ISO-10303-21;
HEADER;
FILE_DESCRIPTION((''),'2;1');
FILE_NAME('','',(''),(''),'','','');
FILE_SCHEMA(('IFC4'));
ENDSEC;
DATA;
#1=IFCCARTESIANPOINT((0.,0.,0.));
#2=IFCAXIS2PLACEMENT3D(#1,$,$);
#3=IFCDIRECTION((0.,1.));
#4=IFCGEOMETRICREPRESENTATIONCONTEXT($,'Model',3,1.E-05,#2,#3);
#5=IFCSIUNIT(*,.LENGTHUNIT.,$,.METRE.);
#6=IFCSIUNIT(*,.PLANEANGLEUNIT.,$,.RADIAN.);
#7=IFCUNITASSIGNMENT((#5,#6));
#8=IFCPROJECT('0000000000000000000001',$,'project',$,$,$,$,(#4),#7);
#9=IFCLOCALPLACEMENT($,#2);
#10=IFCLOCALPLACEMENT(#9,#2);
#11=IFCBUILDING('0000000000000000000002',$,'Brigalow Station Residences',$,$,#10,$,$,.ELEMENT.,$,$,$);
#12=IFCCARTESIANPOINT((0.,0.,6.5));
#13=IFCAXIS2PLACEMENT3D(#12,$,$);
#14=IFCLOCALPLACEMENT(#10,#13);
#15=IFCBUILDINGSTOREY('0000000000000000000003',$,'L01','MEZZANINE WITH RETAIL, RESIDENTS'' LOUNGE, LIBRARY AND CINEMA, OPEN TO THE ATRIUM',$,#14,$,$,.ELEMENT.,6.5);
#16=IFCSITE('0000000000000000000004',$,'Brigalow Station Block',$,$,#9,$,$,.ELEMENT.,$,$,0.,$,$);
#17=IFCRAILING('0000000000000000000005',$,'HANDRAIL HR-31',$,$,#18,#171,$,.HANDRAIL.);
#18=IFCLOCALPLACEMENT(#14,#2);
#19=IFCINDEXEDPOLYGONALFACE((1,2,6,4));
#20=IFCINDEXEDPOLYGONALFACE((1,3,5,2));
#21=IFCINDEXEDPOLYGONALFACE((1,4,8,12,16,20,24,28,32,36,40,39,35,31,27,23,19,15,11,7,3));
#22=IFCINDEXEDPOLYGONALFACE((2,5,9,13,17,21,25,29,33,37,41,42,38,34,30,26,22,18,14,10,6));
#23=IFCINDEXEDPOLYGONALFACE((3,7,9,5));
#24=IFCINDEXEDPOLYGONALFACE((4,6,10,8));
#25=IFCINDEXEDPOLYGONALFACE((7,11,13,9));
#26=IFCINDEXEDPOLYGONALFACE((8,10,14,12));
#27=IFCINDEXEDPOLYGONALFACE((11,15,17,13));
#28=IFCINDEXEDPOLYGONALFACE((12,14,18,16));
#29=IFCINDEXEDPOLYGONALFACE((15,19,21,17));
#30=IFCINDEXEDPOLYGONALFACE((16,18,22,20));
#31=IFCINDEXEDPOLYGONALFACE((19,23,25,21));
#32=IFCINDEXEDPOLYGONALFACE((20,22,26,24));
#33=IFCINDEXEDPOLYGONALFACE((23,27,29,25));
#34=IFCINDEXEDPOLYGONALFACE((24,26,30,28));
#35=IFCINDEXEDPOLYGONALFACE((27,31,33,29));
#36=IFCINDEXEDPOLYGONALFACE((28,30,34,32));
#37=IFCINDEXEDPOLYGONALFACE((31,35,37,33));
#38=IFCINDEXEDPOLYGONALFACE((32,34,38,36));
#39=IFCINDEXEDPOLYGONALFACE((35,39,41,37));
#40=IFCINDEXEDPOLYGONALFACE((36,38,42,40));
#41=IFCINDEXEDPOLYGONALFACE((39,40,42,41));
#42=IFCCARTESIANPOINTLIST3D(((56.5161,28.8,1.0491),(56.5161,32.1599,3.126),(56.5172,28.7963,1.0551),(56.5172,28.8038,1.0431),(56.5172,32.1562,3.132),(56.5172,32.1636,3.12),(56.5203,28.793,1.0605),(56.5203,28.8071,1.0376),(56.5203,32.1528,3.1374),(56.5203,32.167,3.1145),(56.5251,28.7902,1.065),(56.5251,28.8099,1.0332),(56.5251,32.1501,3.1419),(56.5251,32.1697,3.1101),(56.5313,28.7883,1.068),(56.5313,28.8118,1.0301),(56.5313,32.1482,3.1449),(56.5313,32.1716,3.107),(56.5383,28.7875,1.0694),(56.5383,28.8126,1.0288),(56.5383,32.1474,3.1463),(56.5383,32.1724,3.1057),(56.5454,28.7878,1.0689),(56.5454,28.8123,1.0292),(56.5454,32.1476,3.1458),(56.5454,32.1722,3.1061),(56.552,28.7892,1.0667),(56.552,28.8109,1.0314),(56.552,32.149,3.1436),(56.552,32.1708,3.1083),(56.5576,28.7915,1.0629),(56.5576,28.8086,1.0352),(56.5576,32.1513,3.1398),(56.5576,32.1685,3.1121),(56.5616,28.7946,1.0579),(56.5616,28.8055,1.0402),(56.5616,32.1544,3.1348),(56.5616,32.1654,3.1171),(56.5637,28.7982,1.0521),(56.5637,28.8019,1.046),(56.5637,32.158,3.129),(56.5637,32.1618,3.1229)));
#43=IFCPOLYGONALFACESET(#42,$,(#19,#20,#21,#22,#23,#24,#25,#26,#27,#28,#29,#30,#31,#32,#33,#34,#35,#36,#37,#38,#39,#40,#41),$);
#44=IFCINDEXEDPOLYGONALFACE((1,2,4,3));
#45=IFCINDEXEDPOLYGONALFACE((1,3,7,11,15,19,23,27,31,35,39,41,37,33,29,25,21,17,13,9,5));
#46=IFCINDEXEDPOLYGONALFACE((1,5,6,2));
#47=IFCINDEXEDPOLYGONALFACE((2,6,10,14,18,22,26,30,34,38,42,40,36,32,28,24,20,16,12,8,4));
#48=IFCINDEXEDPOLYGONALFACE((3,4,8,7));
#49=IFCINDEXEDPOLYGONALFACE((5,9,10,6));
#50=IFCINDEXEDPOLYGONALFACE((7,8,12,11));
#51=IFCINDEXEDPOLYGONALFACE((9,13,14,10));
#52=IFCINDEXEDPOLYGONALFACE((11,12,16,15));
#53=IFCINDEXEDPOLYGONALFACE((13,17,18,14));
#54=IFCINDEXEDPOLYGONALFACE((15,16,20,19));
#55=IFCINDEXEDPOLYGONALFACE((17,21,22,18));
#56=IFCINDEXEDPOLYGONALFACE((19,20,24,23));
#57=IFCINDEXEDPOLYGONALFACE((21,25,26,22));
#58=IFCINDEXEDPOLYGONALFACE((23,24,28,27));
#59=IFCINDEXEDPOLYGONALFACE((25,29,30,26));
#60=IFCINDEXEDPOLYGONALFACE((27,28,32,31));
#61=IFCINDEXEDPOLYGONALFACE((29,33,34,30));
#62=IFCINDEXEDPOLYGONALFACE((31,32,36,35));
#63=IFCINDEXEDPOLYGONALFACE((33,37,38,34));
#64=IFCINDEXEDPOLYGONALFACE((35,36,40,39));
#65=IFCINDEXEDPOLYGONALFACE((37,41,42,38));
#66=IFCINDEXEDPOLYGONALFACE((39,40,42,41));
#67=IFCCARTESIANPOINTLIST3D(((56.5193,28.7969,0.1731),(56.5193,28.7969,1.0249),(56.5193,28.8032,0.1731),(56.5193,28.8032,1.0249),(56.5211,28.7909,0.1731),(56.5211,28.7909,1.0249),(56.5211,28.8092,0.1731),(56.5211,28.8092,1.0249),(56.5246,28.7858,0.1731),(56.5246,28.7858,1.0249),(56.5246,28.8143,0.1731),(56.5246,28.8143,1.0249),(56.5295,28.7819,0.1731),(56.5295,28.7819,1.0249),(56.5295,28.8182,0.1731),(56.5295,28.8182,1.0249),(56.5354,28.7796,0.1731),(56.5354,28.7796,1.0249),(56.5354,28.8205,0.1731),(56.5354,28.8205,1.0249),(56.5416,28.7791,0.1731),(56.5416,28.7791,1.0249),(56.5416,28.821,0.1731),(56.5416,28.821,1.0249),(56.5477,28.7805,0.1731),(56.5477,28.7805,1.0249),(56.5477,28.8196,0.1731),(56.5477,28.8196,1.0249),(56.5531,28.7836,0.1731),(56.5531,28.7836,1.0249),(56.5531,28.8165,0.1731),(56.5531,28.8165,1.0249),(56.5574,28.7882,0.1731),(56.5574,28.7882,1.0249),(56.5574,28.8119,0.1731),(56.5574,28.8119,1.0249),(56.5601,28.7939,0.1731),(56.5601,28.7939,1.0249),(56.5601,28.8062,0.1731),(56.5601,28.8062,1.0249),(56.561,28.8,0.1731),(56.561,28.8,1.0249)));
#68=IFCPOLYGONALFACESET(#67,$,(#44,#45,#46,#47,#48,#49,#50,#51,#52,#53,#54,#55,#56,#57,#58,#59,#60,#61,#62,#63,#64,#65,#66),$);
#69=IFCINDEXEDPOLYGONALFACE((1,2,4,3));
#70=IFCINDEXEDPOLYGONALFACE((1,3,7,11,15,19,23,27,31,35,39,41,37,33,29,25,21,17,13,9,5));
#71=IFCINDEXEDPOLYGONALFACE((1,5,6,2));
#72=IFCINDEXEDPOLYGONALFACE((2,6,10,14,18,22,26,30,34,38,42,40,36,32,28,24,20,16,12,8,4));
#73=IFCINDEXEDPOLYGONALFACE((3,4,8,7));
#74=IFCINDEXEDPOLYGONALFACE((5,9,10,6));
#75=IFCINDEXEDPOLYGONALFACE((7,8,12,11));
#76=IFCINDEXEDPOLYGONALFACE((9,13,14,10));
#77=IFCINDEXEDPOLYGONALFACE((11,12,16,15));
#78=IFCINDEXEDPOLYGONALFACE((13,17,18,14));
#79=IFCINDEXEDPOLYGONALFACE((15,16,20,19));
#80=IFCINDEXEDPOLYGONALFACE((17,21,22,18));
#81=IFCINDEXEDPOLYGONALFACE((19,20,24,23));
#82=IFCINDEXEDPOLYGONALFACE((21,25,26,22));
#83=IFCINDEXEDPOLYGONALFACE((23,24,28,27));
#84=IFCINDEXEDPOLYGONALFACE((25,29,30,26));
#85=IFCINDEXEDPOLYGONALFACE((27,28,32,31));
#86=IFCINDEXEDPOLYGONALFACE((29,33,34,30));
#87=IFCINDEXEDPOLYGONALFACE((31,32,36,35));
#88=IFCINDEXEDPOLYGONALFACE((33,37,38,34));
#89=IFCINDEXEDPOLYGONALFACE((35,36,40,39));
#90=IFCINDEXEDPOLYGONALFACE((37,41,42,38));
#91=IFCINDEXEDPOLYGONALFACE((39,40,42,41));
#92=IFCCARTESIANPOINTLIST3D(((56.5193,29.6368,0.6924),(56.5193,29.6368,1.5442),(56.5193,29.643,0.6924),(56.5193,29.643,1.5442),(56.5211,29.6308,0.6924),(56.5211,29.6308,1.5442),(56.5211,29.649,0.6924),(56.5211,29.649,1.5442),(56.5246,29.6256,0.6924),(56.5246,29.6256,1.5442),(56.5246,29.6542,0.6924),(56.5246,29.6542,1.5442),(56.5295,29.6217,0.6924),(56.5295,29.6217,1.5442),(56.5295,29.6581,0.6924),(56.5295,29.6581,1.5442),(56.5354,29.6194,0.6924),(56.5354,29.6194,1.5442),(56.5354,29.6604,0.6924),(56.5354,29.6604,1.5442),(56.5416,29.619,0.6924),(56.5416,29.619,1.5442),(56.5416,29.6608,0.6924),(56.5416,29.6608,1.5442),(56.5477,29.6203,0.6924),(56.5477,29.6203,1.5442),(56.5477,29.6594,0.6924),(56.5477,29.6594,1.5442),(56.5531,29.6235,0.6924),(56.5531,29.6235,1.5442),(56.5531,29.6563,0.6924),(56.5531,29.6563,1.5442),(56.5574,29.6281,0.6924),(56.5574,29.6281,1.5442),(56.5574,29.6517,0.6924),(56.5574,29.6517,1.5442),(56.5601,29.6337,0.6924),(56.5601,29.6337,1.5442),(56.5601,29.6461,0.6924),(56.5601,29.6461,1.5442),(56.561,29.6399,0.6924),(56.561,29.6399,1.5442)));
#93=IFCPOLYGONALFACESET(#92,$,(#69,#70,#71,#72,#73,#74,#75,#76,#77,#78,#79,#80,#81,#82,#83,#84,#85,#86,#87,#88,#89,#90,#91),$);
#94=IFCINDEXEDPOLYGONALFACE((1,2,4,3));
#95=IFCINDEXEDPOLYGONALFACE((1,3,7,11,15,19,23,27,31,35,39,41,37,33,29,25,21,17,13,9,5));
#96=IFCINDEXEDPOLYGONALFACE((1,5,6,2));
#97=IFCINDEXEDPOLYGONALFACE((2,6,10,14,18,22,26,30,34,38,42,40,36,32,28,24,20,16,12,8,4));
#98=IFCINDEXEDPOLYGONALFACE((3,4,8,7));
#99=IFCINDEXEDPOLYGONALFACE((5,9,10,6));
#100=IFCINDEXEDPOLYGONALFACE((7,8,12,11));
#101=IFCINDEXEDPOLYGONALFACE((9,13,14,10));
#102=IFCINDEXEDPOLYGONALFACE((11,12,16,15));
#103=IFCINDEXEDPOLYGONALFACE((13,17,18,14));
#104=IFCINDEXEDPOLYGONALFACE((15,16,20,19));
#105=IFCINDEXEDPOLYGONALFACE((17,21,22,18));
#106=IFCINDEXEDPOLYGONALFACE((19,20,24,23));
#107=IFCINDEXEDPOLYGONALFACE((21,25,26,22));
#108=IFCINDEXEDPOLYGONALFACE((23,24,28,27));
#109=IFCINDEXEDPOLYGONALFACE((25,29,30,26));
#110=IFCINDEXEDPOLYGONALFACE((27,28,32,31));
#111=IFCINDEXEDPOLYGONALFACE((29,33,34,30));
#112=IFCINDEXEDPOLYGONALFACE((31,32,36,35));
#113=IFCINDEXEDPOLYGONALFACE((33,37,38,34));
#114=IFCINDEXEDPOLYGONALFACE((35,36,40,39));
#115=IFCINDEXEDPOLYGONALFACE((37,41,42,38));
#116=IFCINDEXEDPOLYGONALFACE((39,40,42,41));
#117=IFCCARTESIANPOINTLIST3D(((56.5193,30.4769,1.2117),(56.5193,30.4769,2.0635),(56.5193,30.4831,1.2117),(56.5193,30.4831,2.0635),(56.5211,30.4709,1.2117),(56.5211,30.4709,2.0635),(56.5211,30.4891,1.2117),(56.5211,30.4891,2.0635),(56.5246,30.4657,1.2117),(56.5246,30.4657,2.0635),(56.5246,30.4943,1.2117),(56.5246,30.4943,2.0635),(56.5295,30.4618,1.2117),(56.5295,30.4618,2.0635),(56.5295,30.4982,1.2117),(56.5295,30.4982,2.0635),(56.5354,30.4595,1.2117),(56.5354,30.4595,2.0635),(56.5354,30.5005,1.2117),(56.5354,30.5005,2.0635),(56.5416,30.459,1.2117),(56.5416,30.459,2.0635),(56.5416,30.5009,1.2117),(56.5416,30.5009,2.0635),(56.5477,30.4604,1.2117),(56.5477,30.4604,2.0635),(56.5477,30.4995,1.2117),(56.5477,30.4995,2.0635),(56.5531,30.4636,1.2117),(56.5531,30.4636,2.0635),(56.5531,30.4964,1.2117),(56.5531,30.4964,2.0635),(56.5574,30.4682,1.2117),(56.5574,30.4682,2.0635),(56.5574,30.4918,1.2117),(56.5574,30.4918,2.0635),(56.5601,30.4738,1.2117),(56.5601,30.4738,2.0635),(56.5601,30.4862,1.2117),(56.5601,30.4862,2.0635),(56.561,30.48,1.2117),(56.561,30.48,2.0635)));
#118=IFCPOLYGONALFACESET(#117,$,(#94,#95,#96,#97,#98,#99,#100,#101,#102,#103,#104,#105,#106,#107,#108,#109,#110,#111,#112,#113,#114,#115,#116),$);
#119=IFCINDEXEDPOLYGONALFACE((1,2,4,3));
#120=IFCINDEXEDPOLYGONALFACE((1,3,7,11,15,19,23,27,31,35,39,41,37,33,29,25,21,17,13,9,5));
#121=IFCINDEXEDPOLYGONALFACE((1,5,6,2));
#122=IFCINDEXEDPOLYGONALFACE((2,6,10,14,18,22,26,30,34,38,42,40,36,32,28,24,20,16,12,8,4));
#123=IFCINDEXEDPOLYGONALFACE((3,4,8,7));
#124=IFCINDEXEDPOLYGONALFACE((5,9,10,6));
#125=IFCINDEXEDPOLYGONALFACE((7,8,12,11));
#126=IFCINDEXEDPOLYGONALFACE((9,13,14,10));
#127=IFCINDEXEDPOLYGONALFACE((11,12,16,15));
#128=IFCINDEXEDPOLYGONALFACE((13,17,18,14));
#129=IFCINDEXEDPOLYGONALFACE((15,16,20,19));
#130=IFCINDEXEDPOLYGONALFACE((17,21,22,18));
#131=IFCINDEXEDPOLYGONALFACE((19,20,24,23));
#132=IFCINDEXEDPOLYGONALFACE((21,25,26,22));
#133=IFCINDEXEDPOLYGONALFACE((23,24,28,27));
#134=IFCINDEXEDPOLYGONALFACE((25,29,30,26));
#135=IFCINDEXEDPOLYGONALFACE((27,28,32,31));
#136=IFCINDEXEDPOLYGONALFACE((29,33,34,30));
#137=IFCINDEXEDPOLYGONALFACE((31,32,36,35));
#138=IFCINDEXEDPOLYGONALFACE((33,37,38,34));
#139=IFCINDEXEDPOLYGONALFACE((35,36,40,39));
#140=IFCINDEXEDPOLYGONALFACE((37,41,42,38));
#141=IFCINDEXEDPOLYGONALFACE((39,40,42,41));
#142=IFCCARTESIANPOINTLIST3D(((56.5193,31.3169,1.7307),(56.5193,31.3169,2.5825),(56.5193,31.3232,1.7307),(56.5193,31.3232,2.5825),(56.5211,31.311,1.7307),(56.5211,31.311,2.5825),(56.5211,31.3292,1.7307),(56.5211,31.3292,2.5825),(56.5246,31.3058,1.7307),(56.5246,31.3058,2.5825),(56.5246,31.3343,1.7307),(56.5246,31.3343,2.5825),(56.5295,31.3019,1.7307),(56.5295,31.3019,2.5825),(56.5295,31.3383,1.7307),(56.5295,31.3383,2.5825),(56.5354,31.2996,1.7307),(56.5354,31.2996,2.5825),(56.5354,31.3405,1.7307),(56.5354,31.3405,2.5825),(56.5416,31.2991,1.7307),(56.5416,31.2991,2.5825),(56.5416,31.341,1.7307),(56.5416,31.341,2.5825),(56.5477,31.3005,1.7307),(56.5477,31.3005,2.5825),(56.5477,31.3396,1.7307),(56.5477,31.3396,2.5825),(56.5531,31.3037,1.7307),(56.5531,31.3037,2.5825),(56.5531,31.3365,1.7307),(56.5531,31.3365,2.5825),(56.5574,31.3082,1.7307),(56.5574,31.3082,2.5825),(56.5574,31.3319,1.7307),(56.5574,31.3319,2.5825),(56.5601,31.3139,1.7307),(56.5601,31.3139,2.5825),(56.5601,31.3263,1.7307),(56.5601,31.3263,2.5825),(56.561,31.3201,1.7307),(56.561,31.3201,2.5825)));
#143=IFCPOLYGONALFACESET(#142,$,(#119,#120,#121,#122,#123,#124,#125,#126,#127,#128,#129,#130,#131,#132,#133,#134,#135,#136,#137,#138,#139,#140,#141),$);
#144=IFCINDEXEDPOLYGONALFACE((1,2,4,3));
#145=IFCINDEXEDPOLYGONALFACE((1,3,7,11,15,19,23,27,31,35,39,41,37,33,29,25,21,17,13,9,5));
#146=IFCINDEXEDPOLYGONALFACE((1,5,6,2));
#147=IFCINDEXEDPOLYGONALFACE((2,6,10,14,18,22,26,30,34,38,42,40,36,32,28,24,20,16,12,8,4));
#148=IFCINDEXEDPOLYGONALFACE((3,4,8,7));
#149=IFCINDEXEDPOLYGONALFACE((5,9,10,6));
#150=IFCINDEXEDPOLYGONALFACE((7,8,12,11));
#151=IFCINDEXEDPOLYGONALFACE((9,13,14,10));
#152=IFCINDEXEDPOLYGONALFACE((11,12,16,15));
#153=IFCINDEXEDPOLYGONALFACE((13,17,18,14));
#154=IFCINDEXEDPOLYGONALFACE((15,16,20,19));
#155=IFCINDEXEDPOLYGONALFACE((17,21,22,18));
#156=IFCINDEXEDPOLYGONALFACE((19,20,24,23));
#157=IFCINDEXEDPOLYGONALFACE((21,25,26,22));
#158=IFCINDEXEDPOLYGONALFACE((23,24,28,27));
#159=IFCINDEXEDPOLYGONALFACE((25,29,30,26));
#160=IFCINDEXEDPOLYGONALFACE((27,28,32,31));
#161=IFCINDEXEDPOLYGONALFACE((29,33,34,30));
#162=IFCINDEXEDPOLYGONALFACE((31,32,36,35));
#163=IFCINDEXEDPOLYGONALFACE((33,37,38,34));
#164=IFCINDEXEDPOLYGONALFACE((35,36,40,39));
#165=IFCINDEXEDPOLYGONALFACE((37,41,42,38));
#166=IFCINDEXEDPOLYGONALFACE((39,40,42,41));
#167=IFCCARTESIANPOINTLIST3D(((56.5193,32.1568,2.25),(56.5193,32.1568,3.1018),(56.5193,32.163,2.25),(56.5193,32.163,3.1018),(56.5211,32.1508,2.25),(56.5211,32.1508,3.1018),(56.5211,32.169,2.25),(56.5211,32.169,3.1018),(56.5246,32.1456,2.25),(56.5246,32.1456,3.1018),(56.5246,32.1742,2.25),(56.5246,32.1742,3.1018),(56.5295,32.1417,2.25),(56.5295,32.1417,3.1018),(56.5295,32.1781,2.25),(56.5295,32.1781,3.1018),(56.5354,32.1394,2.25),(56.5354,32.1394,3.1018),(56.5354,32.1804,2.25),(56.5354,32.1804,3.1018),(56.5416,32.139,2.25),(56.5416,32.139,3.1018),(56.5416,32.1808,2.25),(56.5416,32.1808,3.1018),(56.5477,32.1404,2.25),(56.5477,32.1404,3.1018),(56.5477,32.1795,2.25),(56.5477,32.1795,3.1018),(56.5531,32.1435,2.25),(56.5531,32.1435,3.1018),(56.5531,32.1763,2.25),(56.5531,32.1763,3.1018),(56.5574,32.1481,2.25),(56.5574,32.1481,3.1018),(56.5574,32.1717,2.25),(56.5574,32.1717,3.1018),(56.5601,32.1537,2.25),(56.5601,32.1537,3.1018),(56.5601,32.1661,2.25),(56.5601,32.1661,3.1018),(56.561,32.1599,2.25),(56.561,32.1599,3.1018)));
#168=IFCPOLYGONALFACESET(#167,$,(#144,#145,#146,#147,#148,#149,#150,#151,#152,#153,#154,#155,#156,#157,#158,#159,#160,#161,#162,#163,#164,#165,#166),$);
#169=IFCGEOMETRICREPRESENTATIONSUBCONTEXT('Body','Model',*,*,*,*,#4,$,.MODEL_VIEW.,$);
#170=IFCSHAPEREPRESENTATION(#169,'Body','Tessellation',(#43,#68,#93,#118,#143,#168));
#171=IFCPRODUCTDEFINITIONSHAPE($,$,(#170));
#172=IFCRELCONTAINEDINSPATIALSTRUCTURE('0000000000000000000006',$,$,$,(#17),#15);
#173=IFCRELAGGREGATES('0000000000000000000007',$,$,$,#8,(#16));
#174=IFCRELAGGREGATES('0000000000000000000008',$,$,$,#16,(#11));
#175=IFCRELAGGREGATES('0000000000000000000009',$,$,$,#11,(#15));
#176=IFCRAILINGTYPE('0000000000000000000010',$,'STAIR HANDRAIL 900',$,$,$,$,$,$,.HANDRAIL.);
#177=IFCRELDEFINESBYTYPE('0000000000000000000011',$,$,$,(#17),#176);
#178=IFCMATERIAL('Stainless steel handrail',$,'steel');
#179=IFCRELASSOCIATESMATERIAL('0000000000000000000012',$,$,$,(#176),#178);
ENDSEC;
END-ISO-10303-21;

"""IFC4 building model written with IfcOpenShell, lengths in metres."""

from ifc_helpers import new_model, si_unit, direction, frame, origin, origin_2d, place, context, subcontext, project, spatial, circle, extrude, material, type_object, element, save


model = new_model("IFC4")

# Units and contexts
model_context = context("Model", 3, precision=1e-05, world=origin(), true_north=direction((0.0, 1.0)))
body_context = subcontext(model_context, "Body", "Model", "MODEL_VIEW")
ifc_project = project(units=[si_unit("LENGTHUNIT", "METRE"), si_unit("PLANEANGLEUNIT", "RADIAN")], contexts=[model_context])

# Site, building, storey
site_placement = place(None, origin())
site = spatial("IfcSite", under=ifc_project, at=site_placement, Name="Brigalow Station Block", CompositionType="ELEMENT", RefElevation=0.0)
building_placement = place(site_placement, origin())
building = spatial("IfcBuilding", under=site, at=building_placement, Name="Brigalow Station Residences", CompositionType="ELEMENT")
storey_placement = place(building_placement, frame((0.0, 0.0, 6.5)))
storey = spatial("IfcBuildingStorey", under=building, at=storey_placement, Name="L01", Description="MEZZANINE WITH RETAIL, RESIDENTS' LOUNGE, LIBRARY AND CINEMA, OPEN TO THE ATRIUM", CompositionType="ELEMENT", Elevation=6.5)

# Railing
ifc_material_1 = material(Name="Stainless steel handrail", Category="steel")
railing_type_1 = type_object("IfcRailingType", Name="STAIR HANDRAIL 900", PredefinedType="HANDRAIL", material=ifc_material_1)
railing_1_placement = place(storey_placement, frame((56.54, 28.8, 0.1731)))
element("IfcRailing", 1, at=railing_1_placement, inside=storey, type_object=railing_type_1, Name="HANDRAIL HR-31", PredefinedType="HANDRAIL", context=body_context, shape_type="SweptSolid", body=[
    extrude(circle(Radius=0.0239, at=origin_2d()), frame((0.0, 0.0, 0.876), z_axis=(0.0, 0.850606, 0.525803), x_axis=(-1.0, 0.0, 0.0)), (0.0, 0.0, 1.0), 3.95),
    extrude(circle(Radius=0.021, at=origin_2d()), origin(), (0.0, 0.0, 1.0), 0.8518),
    extrude(circle(Radius=0.021, at=origin_2d()), frame((0.0, 0.8398, 0.5193)), (0.0, 0.0, 1.0), 0.8518),
    extrude(circle(Radius=0.021, at=origin_2d()), frame((0.0, 1.6799, 1.0386)), (0.0, 0.0, 1.0), 0.8518),
    extrude(circle(Radius=0.021, at=origin_2d()), frame((0.0, 2.52, 1.5576)), (0.0, 0.0, 1.0), 0.8518),
    extrude(circle(Radius=0.021, at=origin_2d()), frame((0.0, 3.3599, 2.0769)), (0.0, 0.0, 1.0), 0.8518),
])

save(model, "model.ifc")
